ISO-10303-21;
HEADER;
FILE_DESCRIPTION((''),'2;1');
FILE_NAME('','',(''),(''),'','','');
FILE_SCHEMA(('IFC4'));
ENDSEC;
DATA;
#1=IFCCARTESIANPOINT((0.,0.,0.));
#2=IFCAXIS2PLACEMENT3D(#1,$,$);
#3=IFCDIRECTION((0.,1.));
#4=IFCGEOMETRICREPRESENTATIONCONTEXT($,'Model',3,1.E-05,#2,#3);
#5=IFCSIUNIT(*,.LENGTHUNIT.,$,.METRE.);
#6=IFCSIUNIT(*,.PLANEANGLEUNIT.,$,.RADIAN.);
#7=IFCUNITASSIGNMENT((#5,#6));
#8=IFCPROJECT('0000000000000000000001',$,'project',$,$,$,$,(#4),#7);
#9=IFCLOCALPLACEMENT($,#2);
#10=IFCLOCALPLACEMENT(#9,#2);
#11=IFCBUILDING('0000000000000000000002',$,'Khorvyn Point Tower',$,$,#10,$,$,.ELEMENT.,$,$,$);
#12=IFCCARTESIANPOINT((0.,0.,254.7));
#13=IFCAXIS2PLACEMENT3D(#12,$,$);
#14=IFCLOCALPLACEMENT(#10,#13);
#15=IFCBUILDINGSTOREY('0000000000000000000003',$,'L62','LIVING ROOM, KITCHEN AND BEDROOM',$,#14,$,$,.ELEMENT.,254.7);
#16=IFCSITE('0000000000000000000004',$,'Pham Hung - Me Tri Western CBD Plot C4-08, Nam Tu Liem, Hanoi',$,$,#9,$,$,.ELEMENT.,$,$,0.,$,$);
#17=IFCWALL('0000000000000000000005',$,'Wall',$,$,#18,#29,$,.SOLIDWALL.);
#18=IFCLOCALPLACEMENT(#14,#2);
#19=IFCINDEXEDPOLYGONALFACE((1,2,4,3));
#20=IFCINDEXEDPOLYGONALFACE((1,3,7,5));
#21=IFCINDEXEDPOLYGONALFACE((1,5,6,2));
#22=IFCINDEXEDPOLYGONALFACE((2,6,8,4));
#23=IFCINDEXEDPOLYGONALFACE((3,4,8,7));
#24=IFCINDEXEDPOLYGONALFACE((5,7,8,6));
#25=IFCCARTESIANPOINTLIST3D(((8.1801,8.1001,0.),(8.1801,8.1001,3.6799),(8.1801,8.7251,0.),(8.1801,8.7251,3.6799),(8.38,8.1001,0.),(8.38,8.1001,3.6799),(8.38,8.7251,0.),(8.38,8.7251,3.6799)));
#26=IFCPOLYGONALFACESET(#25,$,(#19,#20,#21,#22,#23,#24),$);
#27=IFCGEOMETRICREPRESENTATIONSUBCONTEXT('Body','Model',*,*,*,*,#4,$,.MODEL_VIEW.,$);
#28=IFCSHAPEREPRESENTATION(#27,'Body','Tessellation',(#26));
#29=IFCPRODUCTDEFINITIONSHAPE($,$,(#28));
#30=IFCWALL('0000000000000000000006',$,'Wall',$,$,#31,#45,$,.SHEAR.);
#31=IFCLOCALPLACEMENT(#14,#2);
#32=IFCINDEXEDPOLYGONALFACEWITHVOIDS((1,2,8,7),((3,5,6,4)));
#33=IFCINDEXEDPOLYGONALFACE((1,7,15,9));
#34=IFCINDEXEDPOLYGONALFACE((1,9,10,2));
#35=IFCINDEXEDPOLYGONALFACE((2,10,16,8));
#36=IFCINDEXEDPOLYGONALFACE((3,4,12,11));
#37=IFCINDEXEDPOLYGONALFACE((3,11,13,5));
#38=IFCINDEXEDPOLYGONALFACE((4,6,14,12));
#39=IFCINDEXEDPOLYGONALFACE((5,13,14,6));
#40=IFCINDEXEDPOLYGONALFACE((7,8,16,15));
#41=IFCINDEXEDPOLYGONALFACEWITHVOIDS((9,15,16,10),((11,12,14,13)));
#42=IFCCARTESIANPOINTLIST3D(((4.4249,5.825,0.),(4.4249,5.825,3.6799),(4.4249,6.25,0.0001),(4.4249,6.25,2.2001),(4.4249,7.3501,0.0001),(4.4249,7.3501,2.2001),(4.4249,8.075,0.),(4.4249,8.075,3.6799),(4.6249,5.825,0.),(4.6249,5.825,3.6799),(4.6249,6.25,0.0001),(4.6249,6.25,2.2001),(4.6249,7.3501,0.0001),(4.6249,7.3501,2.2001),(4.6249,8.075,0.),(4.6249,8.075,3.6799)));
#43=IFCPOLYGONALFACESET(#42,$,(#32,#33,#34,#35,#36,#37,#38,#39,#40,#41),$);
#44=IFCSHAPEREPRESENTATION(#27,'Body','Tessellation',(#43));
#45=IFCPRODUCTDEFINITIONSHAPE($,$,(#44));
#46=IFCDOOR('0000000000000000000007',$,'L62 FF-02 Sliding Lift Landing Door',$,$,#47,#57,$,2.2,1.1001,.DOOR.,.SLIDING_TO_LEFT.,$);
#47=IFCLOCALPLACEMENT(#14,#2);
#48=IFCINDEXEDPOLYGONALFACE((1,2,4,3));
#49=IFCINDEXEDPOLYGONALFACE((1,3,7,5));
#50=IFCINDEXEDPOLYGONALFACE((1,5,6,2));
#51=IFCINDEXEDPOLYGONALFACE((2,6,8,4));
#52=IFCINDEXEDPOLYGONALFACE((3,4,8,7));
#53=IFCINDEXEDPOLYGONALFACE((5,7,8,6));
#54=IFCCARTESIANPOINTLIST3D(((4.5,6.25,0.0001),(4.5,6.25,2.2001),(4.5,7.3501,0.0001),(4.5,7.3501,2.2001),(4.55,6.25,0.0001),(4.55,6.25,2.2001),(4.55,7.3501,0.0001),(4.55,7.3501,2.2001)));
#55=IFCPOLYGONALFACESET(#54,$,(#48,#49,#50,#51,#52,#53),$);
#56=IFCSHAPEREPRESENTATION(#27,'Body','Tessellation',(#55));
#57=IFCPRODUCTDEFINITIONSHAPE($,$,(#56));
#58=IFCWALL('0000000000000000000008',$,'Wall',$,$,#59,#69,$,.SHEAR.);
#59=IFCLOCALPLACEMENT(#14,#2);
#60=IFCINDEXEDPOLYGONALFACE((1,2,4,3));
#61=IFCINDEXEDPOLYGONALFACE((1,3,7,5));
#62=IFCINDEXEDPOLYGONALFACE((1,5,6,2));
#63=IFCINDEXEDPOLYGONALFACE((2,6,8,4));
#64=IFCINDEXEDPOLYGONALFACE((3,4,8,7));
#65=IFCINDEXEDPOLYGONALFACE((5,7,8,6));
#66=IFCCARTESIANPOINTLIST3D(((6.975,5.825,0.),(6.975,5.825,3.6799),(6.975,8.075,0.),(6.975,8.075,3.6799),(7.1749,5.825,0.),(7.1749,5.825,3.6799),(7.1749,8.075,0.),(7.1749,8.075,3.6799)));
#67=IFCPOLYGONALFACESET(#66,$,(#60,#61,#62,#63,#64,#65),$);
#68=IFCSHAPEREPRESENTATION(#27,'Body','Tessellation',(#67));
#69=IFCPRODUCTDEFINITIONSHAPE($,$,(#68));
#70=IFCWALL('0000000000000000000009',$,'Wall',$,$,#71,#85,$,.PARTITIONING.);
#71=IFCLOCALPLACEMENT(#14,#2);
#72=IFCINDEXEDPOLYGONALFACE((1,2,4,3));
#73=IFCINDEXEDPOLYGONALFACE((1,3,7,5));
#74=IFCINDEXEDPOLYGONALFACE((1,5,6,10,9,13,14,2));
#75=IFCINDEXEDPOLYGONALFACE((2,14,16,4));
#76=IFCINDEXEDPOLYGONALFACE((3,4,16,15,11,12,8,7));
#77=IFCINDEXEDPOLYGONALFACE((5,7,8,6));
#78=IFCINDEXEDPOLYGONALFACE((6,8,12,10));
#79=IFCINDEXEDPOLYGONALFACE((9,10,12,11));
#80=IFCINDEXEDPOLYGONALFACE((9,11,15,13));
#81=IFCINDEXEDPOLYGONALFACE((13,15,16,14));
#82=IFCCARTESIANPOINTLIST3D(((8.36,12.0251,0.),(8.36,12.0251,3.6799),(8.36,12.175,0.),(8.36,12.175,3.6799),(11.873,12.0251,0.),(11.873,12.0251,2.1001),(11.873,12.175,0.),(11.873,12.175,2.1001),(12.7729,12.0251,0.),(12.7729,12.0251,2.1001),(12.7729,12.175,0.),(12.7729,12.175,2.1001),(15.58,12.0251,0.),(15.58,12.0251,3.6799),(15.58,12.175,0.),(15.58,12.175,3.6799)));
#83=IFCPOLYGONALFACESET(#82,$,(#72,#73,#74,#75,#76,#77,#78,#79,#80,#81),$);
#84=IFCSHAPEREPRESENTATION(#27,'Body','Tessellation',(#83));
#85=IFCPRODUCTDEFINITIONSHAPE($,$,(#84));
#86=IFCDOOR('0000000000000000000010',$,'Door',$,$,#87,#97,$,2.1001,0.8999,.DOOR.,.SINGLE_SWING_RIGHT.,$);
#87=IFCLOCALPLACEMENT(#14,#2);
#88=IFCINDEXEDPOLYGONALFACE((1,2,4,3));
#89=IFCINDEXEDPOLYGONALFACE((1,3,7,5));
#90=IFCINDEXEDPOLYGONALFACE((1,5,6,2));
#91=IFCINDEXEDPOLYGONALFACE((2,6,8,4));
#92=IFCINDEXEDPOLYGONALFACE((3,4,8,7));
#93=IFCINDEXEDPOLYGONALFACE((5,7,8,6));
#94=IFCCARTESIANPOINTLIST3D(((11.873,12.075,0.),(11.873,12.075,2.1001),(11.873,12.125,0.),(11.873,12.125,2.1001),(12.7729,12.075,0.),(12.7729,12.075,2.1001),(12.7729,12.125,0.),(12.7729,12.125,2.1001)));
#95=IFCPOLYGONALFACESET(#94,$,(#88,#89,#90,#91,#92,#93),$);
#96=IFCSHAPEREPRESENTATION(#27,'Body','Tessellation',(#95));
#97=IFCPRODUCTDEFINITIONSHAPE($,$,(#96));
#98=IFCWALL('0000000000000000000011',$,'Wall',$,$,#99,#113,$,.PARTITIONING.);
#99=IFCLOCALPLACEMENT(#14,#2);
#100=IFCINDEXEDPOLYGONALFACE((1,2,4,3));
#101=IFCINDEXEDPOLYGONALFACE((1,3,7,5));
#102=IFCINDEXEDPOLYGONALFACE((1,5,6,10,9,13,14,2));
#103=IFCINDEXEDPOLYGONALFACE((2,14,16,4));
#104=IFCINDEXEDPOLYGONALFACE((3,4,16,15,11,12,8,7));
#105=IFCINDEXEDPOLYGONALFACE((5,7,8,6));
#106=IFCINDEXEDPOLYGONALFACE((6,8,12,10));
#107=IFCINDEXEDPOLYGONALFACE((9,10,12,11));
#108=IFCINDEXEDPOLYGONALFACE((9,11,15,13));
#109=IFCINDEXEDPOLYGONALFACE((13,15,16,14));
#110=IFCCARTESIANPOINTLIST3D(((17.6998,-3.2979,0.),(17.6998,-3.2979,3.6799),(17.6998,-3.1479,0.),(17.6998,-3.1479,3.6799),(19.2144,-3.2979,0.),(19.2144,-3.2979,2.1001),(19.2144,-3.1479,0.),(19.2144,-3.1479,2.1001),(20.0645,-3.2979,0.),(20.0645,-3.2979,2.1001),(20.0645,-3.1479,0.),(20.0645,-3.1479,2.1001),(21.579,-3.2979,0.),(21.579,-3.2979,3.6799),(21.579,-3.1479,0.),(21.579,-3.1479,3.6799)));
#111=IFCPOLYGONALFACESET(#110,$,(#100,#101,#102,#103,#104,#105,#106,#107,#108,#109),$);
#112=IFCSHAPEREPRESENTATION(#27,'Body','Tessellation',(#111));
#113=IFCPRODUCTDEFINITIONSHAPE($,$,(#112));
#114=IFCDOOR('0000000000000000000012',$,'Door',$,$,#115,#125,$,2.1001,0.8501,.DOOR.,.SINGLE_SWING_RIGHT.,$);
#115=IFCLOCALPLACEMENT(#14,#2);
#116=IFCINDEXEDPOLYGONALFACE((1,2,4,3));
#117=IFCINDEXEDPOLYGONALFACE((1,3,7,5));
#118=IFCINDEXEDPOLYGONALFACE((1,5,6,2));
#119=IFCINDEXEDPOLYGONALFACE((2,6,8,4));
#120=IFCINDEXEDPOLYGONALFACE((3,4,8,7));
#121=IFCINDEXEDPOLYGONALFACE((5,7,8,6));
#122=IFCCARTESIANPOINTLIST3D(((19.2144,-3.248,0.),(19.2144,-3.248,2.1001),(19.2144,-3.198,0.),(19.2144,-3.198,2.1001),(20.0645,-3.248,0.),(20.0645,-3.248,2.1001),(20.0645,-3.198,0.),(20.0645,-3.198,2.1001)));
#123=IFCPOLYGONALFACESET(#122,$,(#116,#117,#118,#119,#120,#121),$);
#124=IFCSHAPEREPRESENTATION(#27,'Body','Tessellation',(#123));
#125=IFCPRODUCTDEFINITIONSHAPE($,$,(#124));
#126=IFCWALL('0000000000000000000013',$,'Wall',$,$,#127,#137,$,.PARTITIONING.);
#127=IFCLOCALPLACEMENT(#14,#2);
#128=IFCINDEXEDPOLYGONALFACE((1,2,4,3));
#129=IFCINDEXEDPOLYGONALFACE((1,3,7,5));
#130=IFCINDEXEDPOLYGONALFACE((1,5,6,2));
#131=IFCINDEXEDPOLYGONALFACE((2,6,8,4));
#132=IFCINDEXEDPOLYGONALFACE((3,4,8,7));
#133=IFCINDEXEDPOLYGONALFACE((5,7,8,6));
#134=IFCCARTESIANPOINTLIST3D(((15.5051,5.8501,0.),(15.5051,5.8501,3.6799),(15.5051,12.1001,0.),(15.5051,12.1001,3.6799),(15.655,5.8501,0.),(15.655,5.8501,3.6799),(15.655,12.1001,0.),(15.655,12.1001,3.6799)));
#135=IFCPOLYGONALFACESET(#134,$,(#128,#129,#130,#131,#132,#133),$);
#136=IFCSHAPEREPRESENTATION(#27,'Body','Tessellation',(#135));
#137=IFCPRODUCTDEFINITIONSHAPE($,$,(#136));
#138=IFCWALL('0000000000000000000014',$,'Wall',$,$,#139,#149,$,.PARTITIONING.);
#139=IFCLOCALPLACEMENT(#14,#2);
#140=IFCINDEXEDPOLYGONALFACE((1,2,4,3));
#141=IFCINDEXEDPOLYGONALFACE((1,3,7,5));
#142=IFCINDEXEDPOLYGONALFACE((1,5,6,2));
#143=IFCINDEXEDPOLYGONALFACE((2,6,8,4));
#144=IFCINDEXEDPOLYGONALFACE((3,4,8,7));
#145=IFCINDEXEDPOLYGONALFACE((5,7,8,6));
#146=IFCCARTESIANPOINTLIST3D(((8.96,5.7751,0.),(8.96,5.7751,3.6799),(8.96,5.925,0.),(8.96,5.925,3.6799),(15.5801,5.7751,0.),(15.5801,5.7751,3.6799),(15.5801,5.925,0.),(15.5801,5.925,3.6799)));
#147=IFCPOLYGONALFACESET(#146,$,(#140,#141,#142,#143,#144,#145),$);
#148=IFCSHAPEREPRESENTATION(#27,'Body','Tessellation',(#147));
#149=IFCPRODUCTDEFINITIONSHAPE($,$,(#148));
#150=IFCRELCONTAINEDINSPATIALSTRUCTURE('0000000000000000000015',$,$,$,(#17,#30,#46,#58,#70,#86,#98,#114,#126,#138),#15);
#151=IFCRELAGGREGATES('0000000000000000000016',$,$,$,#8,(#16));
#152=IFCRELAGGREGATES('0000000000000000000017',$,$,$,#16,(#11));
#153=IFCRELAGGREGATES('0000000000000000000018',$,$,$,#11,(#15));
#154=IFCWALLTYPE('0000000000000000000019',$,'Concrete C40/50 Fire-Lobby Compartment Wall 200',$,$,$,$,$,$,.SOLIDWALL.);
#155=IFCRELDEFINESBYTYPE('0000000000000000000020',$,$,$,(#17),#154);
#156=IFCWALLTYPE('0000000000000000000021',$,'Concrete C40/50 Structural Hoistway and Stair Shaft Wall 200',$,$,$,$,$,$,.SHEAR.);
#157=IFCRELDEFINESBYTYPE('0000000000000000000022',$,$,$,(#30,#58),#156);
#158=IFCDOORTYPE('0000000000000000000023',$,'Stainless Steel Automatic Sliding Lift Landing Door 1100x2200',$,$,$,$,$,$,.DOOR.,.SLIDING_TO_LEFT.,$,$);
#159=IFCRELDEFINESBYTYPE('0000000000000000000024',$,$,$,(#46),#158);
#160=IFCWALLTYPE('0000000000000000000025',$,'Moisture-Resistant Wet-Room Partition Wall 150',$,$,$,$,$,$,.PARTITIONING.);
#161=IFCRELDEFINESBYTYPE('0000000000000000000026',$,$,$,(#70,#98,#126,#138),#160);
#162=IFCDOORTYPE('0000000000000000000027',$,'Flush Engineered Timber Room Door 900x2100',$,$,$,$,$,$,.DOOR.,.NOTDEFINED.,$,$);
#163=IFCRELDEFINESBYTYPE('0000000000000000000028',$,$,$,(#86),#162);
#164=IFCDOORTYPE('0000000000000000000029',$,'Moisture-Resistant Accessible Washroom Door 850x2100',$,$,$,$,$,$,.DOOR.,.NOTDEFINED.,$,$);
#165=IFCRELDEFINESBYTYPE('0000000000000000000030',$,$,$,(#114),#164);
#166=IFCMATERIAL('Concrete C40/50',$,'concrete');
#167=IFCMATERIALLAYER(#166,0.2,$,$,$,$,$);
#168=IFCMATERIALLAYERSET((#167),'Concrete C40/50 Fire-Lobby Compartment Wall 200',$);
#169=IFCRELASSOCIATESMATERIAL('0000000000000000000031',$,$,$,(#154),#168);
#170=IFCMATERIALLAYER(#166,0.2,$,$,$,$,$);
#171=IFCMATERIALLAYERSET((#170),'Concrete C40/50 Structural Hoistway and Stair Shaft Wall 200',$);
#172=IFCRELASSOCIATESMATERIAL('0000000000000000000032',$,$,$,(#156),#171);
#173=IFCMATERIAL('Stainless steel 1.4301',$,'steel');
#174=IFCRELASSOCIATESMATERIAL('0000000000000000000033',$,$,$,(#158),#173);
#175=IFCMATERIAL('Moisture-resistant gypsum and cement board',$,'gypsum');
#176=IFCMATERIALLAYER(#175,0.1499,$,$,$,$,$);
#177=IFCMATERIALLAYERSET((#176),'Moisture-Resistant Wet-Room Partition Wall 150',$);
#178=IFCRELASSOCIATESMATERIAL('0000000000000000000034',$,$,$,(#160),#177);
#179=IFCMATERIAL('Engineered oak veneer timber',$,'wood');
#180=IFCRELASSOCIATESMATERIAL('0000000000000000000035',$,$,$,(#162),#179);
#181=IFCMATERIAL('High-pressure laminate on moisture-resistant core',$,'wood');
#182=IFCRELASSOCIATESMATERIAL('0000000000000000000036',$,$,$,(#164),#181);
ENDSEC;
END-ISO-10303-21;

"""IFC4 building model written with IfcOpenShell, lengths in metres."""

from ifc_helpers import new_model, si_unit, direction, frame, frame_2d, origin, place, context, subcontext, project, spatial, rectangle, extrude, material, layer, layer_set, type_object, element, fill, save


model = new_model("IFC4")

# Units and contexts
model_context = context("Model", 3, precision=1e-05, world=origin(), true_north=direction((0.0, 1.0)))
body_context = subcontext(model_context, "Body", "Model", "MODEL_VIEW")
ifc_project = project(units=[si_unit("LENGTHUNIT", "METRE"), si_unit("PLANEANGLEUNIT", "RADIAN")], contexts=[model_context])

# Site, building, storey
site_placement = place(None, origin())
site = spatial("IfcSite", under=ifc_project, at=site_placement, Name="Pham Hung - Me Tri Western CBD Plot C4-08, Nam Tu Liem, Hanoi", CompositionType="ELEMENT", RefElevation=0.0)
building_placement = place(site_placement, origin())
building = spatial("IfcBuilding", under=site, at=building_placement, Name="Khorvyn Point Tower", CompositionType="ELEMENT")
storey_placement = place(building_placement, frame((0.0, 0.0, 254.7)))
storey = spatial("IfcBuildingStorey", under=building, at=storey_placement, Name="L62", Description="LIVING ROOM, KITCHEN AND BEDROOM", CompositionType="ELEMENT", Elevation=254.7)

# Shared definitions
ifc_material_1 = material(Name="Concrete C40/50", Category="concrete")

# Shared definitions
ifc_layer_1 = layer(ifc_material_1, 0.2)
ifc_layer_set_1 = layer_set([ifc_layer_1], Name="Concrete C40/50 Fire-Lobby Compartment Wall 200")
wall_type_1 = type_object("IfcWallType", Name="Concrete C40/50 Fire-Lobby Compartment Wall 200", PredefinedType="SOLIDWALL", material=ifc_layer_set_1)

# Wall
wall_1_placement = place(storey_placement, frame((8.28, 8.1001, 0.0), z_axis=(0.0, 0.0, 1.0), x_axis=(0.0, 1.0, 0.0)))
element("IfcWall", 1, at=wall_1_placement, inside=storey, type_object=wall_type_1, Name="Wall", PredefinedType="SOLIDWALL", context=body_context, shape_type="SweptSolid", body=[
    extrude(rectangle(XDim=0.625, YDim=0.2, at=frame_2d((0.3125, 0.0))), origin(), (0.0, 0.0, 1.0), 3.6799),
])

# Wall, opening, door
ifc_layer_2 = layer(ifc_material_1, 0.2)
ifc_layer_set_2 = layer_set([ifc_layer_2], Name="Concrete C40/50 Structural Hoistway and Stair Shaft Wall 200")
wall_type_2 = type_object("IfcWallType", Name="Concrete C40/50 Structural Hoistway and Stair Shaft Wall 200", PredefinedType="SHEAR", material=ifc_layer_set_2)
wall_2_placement = place(storey_placement, frame((4.5249, 5.825, 0.0), z_axis=(0.0, 0.0, 1.0), x_axis=(0.0, 1.0, 0.0)))
wall_2 = element("IfcWall", 2, at=wall_2_placement, inside=storey, type_object=wall_type_2, Name="Wall", PredefinedType="SHEAR", context=body_context, shape_type="SweptSolid", body=[
    extrude(rectangle(XDim=2.25, YDim=0.2, at=frame_2d((1.125, 0.0))), origin(), (0.0, 0.0, 1.0), 3.6799),
])
opening_1_placement = place(wall_2_placement, frame((0.425, 0.0, 0.0)))
opening_1 = element("IfcOpeningElement", 3, at=opening_1_placement, cuts=wall_2, PredefinedType="OPENING", context=body_context, shape_type="SweptSolid", body=[
    extrude(rectangle(XDim=1.1001, YDim=2.2, at=frame_2d((0.55, 1.1001))), frame((0.0, 0.1099, 0.0), z_axis=(0.0, -1.0, 0.0), x_axis=(1.0, 0.0, 0.0)), (0.0, 0.0, 1.0), 0.22),
])
ifc_material_2 = material(Name="Stainless steel 1.4301", Category="steel")
door_type_1 = type_object("IfcDoorType", Name="Stainless Steel Automatic Sliding Lift Landing Door 1100x2200", OperationType="SLIDING_TO_LEFT", PredefinedType="DOOR", material=ifc_material_2)
door_1_placement = place(opening_1_placement, origin())
door_1 = element("IfcDoor", 4, at=door_1_placement, inside=storey, type_object=door_type_1, Name="L62 FF-02 Sliding Lift Landing Door", OperationType="SLIDING_TO_LEFT", OverallHeight=2.2, OverallWidth=1.1001, PredefinedType="DOOR", context=body_context, shape_type="SweptSolid", body=[
    extrude(rectangle(XDim=1.1001, YDim=2.2, at=frame_2d((0.55, 1.1001))), frame((0.0, 0.0249, 0.0), z_axis=(0.0, -1.0, 0.0), x_axis=(1.0, 0.0, 0.0)), (0.0, 0.0, 1.0), 0.05),
])
fill(opening_1, door_1)

# Wall
wall_3_placement = place(storey_placement, frame((7.075, 5.825, 0.0), z_axis=(0.0, 0.0, 1.0), x_axis=(0.0, 1.0, 0.0)))
element("IfcWall", 5, at=wall_3_placement, inside=storey, type_object=wall_type_2, Name="Wall", PredefinedType="SHEAR", context=body_context, shape_type="SweptSolid", body=[
    extrude(rectangle(XDim=2.25, YDim=0.2, at=frame_2d((1.125, 0.0))), origin(), (0.0, 0.0, 1.0), 3.6799),
])

# Walls, openings, doors
ifc_material_3 = material(Name="Moisture-resistant gypsum and cement board", Category="gypsum")
ifc_layer_3 = layer(ifc_material_3, 0.1499)
ifc_layer_set_3 = layer_set([ifc_layer_3], Name="Moisture-Resistant Wet-Room Partition Wall 150")
wall_type_3 = type_object("IfcWallType", Name="Moisture-Resistant Wet-Room Partition Wall 150", PredefinedType="PARTITIONING", material=ifc_layer_set_3)
wall_4_placement = place(storey_placement, frame((8.3601, 12.1001, 0.0), z_axis=(0.0, 0.0, 1.0), x_axis=(1.0, 0.0, 0.0)))
wall_4 = element("IfcWall", 6, at=wall_4_placement, inside=storey, type_object=wall_type_3, Name="Wall", PredefinedType="PARTITIONING", context=body_context, shape_type="SweptSolid", body=[
    extrude(rectangle(XDim=7.22, YDim=0.1499, at=frame_2d((3.6099, 0.0))), origin(), (0.0, 0.0, 1.0), 3.6799),
])
opening_2_placement = place(wall_4_placement, frame((3.5129, 0.0, 0.0)))
opening_2 = element("IfcOpeningElement", 7, at=opening_2_placement, cuts=wall_4, PredefinedType="OPENING", context=body_context, shape_type="SweptSolid", body=[
    extrude(rectangle(XDim=0.8999, YDim=2.1001, at=frame_2d((0.45, 1.05))), frame((0.0, 0.085, 0.0), z_axis=(0.0, -1.0, 0.0), x_axis=(1.0, 0.0, 0.0)), (0.0, 0.0, 1.0), 0.1699),
])
ifc_material_4 = material(Name="Engineered oak veneer timber", Category="wood")
door_type_2 = type_object("IfcDoorType", Name="Flush Engineered Timber Room Door 900x2100", OperationType="NOTDEFINED", PredefinedType="DOOR", material=ifc_material_4)
door_2_placement = place(opening_2_placement, origin())
door_2 = element("IfcDoor", 8, at=door_2_placement, inside=storey, type_object=door_type_2, Name="Door", OperationType="SINGLE_SWING_RIGHT", OverallHeight=2.1001, OverallWidth=0.8999, PredefinedType="DOOR", context=body_context, shape_type="SweptSolid", body=[
    extrude(rectangle(XDim=0.8999, YDim=2.1001, at=frame_2d((0.45, 1.05))), frame((0.0, 0.0249, 0.0), z_axis=(0.0, -1.0, 0.0), x_axis=(1.0, 0.0, 0.0)), (0.0, 0.0, 1.0), 0.05),
])
fill(opening_2, door_2)
wall_5_placement = place(storey_placement, frame((17.7, -3.2229, 0.0), z_axis=(0.0, 0.0, 1.0), x_axis=(1.0, 0.0, 0.0)))
wall_5 = element("IfcWall", 9, at=wall_5_placement, inside=storey, type_object=wall_type_3, Name="Wall", PredefinedType="PARTITIONING", context=body_context, shape_type="SweptSolid", body=[
    extrude(rectangle(XDim=3.8792, YDim=0.1499, at=frame_2d((1.9395, 0.0))), origin(), (0.0, 0.0, 1.0), 3.6799),
])
opening_3_placement = place(wall_5_placement, frame((1.5144, 0.0, 0.0)))
opening_3 = element("IfcOpeningElement", 10, at=opening_3_placement, cuts=wall_5, PredefinedType="OPENING", context=body_context, shape_type="SweptSolid", body=[
    extrude(rectangle(XDim=0.8501, YDim=2.1001, at=frame_2d((0.425, 1.05))), frame((0.0, 0.085, 0.0), z_axis=(0.0, -1.0, 0.0), x_axis=(1.0, 0.0, 0.0)), (0.0, 0.0, 1.0), 0.1699),
])
ifc_material_5 = material(Name="High-pressure laminate on moisture-resistant core", Category="wood")
door_type_3 = type_object("IfcDoorType", Name="Moisture-Resistant Accessible Washroom Door 850x2100", OperationType="NOTDEFINED", PredefinedType="DOOR", material=ifc_material_5)
door_3_placement = place(opening_3_placement, origin())
door_3 = element("IfcDoor", 11, at=door_3_placement, inside=storey, type_object=door_type_3, Name="Door", OperationType="SINGLE_SWING_RIGHT", OverallHeight=2.1001, OverallWidth=0.8501, PredefinedType="DOOR", context=body_context, shape_type="SweptSolid", body=[
    extrude(rectangle(XDim=0.8501, YDim=2.1001, at=frame_2d((0.425, 1.05))), frame((0.0, 0.0249, 0.0), z_axis=(0.0, -1.0, 0.0), x_axis=(1.0, 0.0, 0.0)), (0.0, 0.0, 1.0), 0.05),
])
fill(opening_3, door_3)

# Walls
wall_6_placement = place(storey_placement, frame((15.5801, 5.8501, 0.0), z_axis=(0.0, 0.0, 1.0), x_axis=(0.0, 1.0, 0.0)))
element("IfcWall", 12, at=wall_6_placement, inside=storey, type_object=wall_type_3, Name="Wall", PredefinedType="PARTITIONING", context=body_context, shape_type="SweptSolid", body=[
    extrude(rectangle(XDim=6.25, YDim=0.1499, at=frame_2d((3.125, 0.0))), origin(), (0.0, 0.0, 1.0), 3.6799),
])
wall_7_placement = place(storey_placement, frame((8.96, 5.8501, 0.0), z_axis=(0.0, 0.0, 1.0), x_axis=(1.0, 0.0, 0.0)))
element("IfcWall", 13, at=wall_7_placement, inside=storey, type_object=wall_type_3, Name="Wall", PredefinedType="PARTITIONING", context=body_context, shape_type="SweptSolid", body=[
    extrude(rectangle(XDim=6.6201, YDim=0.1499, at=frame_2d((3.3101, 0.0))), origin(), (0.0, 0.0, 1.0), 3.6799),
])

save(model, "model.ifc")
